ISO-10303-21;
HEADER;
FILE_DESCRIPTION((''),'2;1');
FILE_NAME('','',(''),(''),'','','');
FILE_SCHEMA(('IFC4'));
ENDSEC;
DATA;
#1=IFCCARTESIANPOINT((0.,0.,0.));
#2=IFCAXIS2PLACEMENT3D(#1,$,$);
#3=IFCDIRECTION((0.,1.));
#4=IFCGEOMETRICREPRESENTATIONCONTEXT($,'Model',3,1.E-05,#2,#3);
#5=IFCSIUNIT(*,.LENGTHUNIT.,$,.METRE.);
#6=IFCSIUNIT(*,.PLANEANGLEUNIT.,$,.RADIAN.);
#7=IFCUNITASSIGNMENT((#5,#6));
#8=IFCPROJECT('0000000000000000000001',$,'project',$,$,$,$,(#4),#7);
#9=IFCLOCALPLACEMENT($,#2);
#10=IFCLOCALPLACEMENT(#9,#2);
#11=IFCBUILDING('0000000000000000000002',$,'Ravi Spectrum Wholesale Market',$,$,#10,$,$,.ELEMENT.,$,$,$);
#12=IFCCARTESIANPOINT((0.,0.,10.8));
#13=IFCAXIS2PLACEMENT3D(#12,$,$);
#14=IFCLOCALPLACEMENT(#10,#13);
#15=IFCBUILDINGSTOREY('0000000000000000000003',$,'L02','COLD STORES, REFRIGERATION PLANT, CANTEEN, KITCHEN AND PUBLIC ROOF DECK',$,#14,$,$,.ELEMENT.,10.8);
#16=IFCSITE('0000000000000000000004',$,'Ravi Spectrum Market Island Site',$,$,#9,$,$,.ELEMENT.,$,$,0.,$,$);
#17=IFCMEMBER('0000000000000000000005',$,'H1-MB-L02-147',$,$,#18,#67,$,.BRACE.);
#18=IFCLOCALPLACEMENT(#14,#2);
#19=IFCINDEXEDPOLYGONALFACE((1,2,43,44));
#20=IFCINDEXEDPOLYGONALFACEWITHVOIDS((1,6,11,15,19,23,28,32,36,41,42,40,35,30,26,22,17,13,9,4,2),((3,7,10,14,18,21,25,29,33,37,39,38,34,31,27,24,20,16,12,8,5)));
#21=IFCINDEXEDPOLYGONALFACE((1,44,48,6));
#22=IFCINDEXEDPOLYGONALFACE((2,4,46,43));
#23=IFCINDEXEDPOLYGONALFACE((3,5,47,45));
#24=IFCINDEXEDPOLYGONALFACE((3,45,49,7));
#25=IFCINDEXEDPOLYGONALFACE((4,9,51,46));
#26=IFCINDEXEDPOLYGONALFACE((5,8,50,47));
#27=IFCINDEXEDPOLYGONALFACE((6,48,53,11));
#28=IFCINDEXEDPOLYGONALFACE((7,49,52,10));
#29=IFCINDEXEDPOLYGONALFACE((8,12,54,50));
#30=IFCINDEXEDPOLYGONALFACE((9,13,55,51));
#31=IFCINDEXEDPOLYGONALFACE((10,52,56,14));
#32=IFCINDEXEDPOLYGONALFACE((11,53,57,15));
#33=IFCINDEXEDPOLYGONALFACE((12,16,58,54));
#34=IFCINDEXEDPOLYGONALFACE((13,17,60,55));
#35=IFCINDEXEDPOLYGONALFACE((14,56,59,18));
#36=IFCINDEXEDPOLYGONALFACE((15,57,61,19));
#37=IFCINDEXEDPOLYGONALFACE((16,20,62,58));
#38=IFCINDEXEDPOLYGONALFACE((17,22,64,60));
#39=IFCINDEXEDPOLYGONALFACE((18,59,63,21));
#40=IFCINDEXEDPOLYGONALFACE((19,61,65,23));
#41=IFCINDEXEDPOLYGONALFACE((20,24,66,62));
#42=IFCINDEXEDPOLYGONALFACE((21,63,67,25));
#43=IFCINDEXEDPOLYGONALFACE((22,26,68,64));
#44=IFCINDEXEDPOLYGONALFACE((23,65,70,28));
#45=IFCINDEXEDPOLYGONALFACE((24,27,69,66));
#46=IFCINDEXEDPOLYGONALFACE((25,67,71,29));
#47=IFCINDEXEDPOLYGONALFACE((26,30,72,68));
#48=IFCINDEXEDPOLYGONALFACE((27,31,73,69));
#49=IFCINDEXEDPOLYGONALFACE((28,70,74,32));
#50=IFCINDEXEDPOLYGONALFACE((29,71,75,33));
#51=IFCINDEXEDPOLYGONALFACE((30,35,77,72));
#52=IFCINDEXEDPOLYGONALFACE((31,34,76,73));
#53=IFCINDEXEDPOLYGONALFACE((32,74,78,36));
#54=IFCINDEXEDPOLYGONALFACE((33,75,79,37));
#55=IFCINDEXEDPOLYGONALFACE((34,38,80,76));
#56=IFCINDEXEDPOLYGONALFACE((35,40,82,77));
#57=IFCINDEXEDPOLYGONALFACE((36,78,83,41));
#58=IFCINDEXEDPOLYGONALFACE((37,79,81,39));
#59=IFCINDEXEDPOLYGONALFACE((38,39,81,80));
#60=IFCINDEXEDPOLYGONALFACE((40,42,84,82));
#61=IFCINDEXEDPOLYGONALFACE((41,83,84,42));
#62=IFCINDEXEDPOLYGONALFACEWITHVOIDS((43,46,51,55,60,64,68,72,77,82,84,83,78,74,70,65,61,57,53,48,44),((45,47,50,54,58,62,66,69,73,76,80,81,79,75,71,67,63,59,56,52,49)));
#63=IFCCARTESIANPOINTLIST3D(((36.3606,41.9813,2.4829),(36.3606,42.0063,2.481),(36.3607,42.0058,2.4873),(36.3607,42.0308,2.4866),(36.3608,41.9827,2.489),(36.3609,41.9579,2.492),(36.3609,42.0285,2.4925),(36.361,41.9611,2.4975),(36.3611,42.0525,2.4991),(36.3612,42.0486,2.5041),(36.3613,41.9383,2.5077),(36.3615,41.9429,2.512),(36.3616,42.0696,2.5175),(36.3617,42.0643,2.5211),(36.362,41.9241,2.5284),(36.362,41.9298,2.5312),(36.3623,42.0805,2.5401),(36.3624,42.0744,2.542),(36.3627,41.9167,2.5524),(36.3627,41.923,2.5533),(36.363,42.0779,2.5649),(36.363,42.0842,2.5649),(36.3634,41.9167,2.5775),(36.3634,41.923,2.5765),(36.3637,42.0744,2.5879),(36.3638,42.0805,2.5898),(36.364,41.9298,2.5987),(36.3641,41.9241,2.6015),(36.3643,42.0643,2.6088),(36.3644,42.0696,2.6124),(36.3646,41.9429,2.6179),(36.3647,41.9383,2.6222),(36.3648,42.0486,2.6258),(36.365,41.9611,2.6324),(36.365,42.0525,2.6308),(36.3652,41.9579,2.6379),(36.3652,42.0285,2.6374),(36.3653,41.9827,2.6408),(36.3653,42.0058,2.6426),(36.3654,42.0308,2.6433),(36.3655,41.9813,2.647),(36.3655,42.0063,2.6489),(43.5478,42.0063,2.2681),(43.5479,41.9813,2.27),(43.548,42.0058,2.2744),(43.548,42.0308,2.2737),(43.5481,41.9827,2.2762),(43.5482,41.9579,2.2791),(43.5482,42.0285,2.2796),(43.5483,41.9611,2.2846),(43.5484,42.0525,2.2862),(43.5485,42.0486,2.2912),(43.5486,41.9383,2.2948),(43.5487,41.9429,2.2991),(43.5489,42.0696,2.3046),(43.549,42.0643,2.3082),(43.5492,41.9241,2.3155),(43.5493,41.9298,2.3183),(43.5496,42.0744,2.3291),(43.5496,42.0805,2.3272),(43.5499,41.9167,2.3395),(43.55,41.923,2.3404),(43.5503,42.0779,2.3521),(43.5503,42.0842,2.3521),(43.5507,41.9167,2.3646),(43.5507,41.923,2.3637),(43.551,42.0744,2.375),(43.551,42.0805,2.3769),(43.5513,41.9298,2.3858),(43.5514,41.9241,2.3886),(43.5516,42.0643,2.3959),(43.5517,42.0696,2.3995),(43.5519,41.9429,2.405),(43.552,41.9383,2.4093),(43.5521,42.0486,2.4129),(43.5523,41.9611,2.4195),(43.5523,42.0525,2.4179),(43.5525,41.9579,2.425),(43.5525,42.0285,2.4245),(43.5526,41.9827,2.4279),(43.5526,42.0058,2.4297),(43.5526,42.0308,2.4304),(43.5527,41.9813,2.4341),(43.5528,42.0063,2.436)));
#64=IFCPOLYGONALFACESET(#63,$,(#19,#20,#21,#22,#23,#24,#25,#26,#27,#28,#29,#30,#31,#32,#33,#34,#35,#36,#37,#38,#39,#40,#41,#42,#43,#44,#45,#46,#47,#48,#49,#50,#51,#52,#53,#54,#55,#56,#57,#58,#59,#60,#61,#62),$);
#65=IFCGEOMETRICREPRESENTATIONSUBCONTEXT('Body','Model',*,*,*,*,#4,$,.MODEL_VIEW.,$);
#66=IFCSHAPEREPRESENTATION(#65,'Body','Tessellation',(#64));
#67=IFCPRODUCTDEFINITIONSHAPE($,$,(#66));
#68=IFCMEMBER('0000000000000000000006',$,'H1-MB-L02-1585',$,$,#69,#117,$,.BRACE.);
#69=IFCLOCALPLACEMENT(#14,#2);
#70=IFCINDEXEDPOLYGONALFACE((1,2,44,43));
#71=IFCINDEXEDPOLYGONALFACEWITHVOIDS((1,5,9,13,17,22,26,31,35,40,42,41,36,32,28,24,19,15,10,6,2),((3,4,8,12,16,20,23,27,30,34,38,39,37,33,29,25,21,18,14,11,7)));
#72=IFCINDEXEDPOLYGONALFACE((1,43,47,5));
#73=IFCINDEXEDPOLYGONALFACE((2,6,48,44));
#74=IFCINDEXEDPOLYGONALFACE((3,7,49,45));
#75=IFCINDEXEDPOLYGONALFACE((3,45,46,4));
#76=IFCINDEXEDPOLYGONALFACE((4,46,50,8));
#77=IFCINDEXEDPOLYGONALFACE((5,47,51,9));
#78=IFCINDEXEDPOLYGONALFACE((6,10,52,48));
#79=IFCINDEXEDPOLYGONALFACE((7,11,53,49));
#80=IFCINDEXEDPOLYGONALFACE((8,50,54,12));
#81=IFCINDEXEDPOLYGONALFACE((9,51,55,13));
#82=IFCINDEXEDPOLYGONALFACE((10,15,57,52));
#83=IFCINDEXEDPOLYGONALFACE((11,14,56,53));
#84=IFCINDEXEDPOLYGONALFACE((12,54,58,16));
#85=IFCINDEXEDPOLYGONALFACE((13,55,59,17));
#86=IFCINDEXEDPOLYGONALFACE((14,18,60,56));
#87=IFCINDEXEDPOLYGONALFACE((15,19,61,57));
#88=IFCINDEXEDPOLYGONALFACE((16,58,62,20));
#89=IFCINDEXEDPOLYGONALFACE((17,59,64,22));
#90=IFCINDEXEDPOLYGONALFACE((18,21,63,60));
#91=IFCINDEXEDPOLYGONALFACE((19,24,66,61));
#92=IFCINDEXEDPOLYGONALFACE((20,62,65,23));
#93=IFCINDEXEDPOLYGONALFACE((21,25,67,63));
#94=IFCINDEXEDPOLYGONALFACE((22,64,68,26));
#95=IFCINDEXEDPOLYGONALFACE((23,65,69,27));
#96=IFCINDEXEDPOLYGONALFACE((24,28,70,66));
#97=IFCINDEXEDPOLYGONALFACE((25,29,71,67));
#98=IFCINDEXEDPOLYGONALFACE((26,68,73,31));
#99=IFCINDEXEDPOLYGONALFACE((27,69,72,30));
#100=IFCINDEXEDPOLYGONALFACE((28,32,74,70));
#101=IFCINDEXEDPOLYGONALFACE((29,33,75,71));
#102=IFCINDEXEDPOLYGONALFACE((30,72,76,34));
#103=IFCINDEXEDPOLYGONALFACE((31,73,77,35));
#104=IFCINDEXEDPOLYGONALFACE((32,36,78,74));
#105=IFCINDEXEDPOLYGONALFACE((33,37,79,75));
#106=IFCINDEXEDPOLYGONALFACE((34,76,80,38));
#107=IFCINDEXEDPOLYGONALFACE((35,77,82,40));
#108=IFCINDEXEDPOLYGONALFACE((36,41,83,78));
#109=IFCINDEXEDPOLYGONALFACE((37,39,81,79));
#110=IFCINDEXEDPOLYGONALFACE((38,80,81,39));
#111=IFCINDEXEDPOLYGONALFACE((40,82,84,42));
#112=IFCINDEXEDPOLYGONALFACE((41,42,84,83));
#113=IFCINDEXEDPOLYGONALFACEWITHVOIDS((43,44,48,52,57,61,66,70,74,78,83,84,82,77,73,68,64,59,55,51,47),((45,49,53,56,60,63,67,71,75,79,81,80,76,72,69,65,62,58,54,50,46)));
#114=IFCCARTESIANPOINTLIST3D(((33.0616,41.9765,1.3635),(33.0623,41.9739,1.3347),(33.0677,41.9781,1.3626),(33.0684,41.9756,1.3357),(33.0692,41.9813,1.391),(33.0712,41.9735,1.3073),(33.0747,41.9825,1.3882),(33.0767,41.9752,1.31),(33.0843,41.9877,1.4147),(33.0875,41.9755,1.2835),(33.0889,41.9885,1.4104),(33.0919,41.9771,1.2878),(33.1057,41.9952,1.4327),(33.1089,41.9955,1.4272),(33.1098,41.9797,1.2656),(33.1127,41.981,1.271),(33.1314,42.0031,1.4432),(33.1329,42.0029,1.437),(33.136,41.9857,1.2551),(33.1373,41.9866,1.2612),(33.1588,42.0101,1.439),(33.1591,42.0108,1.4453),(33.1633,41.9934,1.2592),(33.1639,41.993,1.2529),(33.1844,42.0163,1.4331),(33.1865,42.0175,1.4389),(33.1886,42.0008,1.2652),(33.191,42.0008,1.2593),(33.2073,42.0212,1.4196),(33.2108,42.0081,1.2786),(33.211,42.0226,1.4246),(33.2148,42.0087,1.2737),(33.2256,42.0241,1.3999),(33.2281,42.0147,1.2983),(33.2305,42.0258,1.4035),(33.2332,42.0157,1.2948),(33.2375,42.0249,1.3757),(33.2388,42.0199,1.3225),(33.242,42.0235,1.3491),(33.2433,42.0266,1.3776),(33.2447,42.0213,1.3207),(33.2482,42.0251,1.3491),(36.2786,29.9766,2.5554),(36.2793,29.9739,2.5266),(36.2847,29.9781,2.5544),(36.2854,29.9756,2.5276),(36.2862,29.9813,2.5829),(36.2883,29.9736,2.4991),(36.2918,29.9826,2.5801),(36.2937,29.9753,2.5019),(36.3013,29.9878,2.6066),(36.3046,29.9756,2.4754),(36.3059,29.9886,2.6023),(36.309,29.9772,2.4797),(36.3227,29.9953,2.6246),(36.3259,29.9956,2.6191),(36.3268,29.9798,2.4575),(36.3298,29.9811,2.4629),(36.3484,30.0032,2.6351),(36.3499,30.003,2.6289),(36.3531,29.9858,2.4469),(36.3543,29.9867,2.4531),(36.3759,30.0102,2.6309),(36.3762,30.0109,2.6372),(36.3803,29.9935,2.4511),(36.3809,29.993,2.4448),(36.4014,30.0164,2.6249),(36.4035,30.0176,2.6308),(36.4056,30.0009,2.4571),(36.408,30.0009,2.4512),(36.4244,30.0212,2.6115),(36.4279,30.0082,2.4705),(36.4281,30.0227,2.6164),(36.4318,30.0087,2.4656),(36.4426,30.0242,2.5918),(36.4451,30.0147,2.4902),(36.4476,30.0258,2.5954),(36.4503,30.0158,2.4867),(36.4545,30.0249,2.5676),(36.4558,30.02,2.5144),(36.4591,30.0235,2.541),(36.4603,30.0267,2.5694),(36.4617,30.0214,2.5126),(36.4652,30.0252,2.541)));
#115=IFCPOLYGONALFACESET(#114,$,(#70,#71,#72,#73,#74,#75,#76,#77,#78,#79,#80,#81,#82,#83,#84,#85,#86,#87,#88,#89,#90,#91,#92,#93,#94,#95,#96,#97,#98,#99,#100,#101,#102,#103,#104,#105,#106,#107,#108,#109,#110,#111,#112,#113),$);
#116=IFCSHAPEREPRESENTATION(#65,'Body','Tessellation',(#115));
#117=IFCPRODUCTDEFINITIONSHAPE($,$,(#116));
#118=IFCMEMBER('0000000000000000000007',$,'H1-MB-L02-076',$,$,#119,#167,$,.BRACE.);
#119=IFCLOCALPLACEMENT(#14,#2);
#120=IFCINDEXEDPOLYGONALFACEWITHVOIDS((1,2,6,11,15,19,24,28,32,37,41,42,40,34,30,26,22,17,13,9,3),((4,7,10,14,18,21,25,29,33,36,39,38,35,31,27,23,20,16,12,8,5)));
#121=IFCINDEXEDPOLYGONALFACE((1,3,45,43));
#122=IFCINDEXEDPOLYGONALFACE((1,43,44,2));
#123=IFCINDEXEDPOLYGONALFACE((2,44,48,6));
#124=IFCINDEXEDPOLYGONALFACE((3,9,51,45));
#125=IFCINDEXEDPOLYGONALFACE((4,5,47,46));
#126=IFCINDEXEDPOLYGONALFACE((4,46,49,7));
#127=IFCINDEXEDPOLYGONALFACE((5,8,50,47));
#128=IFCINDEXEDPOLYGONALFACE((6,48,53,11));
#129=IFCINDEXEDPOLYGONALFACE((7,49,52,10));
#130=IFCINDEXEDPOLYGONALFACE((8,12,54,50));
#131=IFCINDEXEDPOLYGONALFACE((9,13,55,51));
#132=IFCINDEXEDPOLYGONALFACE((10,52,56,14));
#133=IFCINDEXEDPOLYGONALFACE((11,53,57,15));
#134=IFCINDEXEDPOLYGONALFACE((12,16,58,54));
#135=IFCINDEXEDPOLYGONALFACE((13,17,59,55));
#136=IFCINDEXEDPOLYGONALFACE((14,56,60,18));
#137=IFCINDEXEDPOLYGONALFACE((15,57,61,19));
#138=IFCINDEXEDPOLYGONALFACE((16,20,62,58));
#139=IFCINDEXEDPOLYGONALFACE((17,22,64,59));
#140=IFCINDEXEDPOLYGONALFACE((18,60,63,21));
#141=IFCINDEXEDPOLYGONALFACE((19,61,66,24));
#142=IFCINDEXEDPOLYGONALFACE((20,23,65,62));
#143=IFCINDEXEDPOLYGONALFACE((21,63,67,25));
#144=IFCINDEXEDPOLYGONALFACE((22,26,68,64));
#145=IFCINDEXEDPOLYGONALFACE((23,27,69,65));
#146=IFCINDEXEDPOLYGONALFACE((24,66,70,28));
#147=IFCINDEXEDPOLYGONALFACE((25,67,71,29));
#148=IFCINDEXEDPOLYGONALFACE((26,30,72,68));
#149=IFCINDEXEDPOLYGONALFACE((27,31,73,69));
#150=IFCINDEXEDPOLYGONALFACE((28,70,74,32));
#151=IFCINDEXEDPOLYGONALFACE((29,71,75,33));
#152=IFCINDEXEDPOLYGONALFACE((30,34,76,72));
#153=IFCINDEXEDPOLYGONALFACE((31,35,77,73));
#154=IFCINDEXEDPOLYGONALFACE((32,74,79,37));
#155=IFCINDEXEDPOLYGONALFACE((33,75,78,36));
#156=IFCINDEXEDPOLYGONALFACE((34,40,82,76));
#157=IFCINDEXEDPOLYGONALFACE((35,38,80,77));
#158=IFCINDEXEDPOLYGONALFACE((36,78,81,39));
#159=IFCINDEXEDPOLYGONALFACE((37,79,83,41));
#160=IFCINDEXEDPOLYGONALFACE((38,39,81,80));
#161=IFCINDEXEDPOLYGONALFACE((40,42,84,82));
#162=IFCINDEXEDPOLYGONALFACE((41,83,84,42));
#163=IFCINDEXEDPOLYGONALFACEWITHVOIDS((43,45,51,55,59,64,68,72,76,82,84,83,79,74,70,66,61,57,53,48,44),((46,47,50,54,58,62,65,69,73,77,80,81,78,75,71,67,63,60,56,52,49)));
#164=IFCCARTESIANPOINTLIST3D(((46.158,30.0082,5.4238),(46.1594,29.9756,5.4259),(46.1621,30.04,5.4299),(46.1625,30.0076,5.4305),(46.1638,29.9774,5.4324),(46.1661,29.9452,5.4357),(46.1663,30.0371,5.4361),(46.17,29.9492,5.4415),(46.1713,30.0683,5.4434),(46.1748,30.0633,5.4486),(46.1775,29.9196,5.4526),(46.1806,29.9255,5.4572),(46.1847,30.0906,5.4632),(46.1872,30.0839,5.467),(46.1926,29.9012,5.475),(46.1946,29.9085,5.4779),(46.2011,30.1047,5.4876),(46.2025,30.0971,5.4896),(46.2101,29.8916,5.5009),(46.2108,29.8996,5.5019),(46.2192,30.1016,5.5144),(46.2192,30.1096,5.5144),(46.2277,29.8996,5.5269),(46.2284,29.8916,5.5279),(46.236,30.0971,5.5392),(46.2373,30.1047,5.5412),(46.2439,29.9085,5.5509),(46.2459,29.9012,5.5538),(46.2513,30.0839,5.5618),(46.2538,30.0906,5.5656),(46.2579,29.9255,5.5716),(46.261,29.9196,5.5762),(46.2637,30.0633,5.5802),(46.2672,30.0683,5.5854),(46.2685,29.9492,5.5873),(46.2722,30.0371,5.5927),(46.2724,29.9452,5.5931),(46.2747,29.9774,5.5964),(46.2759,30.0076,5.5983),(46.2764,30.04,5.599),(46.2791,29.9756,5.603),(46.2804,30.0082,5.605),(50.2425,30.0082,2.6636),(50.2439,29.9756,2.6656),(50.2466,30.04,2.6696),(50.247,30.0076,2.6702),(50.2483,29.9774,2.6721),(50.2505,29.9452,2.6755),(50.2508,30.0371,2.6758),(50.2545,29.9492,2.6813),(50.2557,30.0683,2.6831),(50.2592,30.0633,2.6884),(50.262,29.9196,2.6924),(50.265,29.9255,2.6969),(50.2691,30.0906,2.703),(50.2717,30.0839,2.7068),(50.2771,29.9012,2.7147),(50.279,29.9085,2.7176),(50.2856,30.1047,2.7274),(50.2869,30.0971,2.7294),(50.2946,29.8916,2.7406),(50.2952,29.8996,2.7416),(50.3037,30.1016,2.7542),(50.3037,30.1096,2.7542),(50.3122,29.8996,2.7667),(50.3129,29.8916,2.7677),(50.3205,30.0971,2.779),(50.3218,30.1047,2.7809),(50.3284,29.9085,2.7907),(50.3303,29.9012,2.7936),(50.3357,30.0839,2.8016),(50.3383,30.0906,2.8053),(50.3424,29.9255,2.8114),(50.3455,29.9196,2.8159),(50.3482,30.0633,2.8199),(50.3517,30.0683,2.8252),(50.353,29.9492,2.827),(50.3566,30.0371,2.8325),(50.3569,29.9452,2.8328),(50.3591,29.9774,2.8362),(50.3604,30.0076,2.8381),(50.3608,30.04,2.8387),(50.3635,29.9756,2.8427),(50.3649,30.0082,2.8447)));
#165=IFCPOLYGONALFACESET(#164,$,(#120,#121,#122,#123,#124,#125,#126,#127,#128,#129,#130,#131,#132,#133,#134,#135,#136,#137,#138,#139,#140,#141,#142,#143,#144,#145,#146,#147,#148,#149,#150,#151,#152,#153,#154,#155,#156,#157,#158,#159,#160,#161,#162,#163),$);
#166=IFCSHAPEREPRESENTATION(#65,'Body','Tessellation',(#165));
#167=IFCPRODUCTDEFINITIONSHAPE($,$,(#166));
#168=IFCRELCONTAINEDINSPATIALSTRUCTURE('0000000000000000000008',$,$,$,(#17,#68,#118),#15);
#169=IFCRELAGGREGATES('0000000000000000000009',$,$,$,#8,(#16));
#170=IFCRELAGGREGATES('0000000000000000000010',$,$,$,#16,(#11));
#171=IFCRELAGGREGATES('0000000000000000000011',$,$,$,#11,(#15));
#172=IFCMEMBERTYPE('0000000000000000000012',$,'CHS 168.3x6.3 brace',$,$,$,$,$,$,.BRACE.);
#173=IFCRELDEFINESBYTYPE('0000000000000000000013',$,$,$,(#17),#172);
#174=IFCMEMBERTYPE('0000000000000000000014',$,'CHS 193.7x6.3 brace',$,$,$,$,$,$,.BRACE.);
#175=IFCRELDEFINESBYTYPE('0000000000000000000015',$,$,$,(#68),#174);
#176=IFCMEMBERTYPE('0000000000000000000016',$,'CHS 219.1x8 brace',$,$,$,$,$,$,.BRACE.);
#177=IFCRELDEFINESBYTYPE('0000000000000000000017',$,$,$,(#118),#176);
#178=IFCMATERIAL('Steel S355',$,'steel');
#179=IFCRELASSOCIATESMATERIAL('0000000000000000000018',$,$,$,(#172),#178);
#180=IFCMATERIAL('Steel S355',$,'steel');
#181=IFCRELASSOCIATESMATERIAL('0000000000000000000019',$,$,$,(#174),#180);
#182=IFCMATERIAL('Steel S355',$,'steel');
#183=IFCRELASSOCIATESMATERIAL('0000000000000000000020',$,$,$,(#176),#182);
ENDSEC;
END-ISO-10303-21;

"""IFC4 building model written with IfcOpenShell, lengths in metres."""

from ifc_helpers import new_model, si_unit, direction, frame, origin, origin_2d, place, context, subcontext, project, spatial, hollow_circle, extrude, material, material_profile, profile_set, type_object, element, save


model = new_model("IFC4")

# Units and contexts
model_context = context("Model", 3, precision=1e-05, world=origin(), true_north=direction((0.0, 1.0)))
body_context = subcontext(model_context, "Body", "Model", "MODEL_VIEW")
ifc_project = project(units=[si_unit("LENGTHUNIT", "METRE"), si_unit("PLANEANGLEUNIT", "RADIAN")], contexts=[model_context])

# Site, building, storey
site_placement = place(None, origin())
site = spatial("IfcSite", under=ifc_project, at=site_placement, Name="Ravi Spectrum Market Island Site", CompositionType="ELEMENT", RefElevation=0.0)
building_placement = place(site_placement, origin())
building = spatial("IfcBuilding", under=site, at=building_placement, Name="Ravi Spectrum Wholesale Market", CompositionType="ELEMENT")
storey_placement = place(building_placement, frame((0.0, 0.0, 10.8)))
storey = spatial("IfcBuildingStorey", under=building, at=storey_placement, Name="L02", Description="COLD STORES, REFRIGERATION PLANT, CANTEEN, KITCHEN AND PUBLIC ROOF DECK", CompositionType="ELEMENT", Elevation=10.8)

# Members
ifc_material_1 = material(Name="Steel S355", Category="steel")
ifc_material_profile_1 = material_profile(ifc_material_1, hollow_circle(Radius=0.0842, WallThickness=0.0063, at=origin_2d()))
ifc_profile_set_1 = profile_set([ifc_material_profile_1], Name="Steel S355")
member_type_1 = type_object("IfcMemberType", Name="CHS 168.3x6.3 brace", PredefinedType="BRACE", material=ifc_profile_set_1)
member_1_placement = place(storey_placement, frame((36.363, 42.0, 2.5649), z_axis=(0.999562, 0.0, -0.029608), x_axis=(0.0, 1.0, 0.0)))
element("IfcMember", 1, at=member_1_placement, inside=storey, type_object=member_type_1, Name="H1-MB-L02-147", PredefinedType="BRACE", context=body_context, shape_type="SweptSolid", body=[
    extrude(hollow_circle(Radius=0.0842, WallThickness=0.0063, at=origin_2d()), origin(), (0.0, 0.0, 1.0), 7.1904),
])
ifc_material_2 = material(Name="Steel S355", Category="steel")
ifc_material_profile_2 = material_profile(ifc_material_2, hollow_circle(Radius=0.0969, WallThickness=0.0063, at=origin_2d()))
ifc_profile_set_2 = profile_set([ifc_material_profile_2], Name="Steel S355")
member_type_2 = type_object("IfcMemberType", Name="CHS 193.7x6.3 brace", PredefinedType="BRACE", material=ifc_profile_set_2)
member_2_placement = place(storey_placement, frame((33.1545, 42.0, 1.3491), z_axis=(0.25776, -0.961478, 0.095498), x_axis=(0.965893, 0.258943, 0.0)))
element("IfcMember", 2, at=member_2_placement, inside=storey, type_object=member_type_2, Name="H1-MB-L02-1585", PredefinedType="BRACE", context=body_context, shape_type="SweptSolid", body=[
    extrude(hollow_circle(Radius=0.0969, WallThickness=0.0063, at=origin_2d()), origin(), (0.0, 0.0, 1.0), 12.4807),
])
ifc_material_3 = material(Name="Steel S355", Category="steel")
ifc_material_profile_3 = material_profile(ifc_material_3, hollow_circle(Radius=0.1096, WallThickness=0.0081, at=origin_2d()))
ifc_profile_set_3 = profile_set([ifc_material_profile_3], Name="Steel S355")
member_type_3 = type_object("IfcMemberType", Name="CHS 219.1x8 brace", PredefinedType="BRACE", material=ifc_profile_set_3)
member_3_placement = place(storey_placement, frame((46.2192, 30.0, 5.5144), z_axis=(0.828544, 0.0, -0.559924), x_axis=(0.0, 1.0, 0.0)))
element("IfcMember", 3, at=member_3_placement, inside=storey, type_object=member_type_3, Name="H1-MB-L02-076", PredefinedType="BRACE", context=body_context, shape_type="SweptSolid", body=[
    extrude(hollow_circle(Radius=0.1096, WallThickness=0.0081, at=origin_2d()), origin(), (0.0, 0.0, 1.0), 4.9297),
])

save(model, "model.ifc")
